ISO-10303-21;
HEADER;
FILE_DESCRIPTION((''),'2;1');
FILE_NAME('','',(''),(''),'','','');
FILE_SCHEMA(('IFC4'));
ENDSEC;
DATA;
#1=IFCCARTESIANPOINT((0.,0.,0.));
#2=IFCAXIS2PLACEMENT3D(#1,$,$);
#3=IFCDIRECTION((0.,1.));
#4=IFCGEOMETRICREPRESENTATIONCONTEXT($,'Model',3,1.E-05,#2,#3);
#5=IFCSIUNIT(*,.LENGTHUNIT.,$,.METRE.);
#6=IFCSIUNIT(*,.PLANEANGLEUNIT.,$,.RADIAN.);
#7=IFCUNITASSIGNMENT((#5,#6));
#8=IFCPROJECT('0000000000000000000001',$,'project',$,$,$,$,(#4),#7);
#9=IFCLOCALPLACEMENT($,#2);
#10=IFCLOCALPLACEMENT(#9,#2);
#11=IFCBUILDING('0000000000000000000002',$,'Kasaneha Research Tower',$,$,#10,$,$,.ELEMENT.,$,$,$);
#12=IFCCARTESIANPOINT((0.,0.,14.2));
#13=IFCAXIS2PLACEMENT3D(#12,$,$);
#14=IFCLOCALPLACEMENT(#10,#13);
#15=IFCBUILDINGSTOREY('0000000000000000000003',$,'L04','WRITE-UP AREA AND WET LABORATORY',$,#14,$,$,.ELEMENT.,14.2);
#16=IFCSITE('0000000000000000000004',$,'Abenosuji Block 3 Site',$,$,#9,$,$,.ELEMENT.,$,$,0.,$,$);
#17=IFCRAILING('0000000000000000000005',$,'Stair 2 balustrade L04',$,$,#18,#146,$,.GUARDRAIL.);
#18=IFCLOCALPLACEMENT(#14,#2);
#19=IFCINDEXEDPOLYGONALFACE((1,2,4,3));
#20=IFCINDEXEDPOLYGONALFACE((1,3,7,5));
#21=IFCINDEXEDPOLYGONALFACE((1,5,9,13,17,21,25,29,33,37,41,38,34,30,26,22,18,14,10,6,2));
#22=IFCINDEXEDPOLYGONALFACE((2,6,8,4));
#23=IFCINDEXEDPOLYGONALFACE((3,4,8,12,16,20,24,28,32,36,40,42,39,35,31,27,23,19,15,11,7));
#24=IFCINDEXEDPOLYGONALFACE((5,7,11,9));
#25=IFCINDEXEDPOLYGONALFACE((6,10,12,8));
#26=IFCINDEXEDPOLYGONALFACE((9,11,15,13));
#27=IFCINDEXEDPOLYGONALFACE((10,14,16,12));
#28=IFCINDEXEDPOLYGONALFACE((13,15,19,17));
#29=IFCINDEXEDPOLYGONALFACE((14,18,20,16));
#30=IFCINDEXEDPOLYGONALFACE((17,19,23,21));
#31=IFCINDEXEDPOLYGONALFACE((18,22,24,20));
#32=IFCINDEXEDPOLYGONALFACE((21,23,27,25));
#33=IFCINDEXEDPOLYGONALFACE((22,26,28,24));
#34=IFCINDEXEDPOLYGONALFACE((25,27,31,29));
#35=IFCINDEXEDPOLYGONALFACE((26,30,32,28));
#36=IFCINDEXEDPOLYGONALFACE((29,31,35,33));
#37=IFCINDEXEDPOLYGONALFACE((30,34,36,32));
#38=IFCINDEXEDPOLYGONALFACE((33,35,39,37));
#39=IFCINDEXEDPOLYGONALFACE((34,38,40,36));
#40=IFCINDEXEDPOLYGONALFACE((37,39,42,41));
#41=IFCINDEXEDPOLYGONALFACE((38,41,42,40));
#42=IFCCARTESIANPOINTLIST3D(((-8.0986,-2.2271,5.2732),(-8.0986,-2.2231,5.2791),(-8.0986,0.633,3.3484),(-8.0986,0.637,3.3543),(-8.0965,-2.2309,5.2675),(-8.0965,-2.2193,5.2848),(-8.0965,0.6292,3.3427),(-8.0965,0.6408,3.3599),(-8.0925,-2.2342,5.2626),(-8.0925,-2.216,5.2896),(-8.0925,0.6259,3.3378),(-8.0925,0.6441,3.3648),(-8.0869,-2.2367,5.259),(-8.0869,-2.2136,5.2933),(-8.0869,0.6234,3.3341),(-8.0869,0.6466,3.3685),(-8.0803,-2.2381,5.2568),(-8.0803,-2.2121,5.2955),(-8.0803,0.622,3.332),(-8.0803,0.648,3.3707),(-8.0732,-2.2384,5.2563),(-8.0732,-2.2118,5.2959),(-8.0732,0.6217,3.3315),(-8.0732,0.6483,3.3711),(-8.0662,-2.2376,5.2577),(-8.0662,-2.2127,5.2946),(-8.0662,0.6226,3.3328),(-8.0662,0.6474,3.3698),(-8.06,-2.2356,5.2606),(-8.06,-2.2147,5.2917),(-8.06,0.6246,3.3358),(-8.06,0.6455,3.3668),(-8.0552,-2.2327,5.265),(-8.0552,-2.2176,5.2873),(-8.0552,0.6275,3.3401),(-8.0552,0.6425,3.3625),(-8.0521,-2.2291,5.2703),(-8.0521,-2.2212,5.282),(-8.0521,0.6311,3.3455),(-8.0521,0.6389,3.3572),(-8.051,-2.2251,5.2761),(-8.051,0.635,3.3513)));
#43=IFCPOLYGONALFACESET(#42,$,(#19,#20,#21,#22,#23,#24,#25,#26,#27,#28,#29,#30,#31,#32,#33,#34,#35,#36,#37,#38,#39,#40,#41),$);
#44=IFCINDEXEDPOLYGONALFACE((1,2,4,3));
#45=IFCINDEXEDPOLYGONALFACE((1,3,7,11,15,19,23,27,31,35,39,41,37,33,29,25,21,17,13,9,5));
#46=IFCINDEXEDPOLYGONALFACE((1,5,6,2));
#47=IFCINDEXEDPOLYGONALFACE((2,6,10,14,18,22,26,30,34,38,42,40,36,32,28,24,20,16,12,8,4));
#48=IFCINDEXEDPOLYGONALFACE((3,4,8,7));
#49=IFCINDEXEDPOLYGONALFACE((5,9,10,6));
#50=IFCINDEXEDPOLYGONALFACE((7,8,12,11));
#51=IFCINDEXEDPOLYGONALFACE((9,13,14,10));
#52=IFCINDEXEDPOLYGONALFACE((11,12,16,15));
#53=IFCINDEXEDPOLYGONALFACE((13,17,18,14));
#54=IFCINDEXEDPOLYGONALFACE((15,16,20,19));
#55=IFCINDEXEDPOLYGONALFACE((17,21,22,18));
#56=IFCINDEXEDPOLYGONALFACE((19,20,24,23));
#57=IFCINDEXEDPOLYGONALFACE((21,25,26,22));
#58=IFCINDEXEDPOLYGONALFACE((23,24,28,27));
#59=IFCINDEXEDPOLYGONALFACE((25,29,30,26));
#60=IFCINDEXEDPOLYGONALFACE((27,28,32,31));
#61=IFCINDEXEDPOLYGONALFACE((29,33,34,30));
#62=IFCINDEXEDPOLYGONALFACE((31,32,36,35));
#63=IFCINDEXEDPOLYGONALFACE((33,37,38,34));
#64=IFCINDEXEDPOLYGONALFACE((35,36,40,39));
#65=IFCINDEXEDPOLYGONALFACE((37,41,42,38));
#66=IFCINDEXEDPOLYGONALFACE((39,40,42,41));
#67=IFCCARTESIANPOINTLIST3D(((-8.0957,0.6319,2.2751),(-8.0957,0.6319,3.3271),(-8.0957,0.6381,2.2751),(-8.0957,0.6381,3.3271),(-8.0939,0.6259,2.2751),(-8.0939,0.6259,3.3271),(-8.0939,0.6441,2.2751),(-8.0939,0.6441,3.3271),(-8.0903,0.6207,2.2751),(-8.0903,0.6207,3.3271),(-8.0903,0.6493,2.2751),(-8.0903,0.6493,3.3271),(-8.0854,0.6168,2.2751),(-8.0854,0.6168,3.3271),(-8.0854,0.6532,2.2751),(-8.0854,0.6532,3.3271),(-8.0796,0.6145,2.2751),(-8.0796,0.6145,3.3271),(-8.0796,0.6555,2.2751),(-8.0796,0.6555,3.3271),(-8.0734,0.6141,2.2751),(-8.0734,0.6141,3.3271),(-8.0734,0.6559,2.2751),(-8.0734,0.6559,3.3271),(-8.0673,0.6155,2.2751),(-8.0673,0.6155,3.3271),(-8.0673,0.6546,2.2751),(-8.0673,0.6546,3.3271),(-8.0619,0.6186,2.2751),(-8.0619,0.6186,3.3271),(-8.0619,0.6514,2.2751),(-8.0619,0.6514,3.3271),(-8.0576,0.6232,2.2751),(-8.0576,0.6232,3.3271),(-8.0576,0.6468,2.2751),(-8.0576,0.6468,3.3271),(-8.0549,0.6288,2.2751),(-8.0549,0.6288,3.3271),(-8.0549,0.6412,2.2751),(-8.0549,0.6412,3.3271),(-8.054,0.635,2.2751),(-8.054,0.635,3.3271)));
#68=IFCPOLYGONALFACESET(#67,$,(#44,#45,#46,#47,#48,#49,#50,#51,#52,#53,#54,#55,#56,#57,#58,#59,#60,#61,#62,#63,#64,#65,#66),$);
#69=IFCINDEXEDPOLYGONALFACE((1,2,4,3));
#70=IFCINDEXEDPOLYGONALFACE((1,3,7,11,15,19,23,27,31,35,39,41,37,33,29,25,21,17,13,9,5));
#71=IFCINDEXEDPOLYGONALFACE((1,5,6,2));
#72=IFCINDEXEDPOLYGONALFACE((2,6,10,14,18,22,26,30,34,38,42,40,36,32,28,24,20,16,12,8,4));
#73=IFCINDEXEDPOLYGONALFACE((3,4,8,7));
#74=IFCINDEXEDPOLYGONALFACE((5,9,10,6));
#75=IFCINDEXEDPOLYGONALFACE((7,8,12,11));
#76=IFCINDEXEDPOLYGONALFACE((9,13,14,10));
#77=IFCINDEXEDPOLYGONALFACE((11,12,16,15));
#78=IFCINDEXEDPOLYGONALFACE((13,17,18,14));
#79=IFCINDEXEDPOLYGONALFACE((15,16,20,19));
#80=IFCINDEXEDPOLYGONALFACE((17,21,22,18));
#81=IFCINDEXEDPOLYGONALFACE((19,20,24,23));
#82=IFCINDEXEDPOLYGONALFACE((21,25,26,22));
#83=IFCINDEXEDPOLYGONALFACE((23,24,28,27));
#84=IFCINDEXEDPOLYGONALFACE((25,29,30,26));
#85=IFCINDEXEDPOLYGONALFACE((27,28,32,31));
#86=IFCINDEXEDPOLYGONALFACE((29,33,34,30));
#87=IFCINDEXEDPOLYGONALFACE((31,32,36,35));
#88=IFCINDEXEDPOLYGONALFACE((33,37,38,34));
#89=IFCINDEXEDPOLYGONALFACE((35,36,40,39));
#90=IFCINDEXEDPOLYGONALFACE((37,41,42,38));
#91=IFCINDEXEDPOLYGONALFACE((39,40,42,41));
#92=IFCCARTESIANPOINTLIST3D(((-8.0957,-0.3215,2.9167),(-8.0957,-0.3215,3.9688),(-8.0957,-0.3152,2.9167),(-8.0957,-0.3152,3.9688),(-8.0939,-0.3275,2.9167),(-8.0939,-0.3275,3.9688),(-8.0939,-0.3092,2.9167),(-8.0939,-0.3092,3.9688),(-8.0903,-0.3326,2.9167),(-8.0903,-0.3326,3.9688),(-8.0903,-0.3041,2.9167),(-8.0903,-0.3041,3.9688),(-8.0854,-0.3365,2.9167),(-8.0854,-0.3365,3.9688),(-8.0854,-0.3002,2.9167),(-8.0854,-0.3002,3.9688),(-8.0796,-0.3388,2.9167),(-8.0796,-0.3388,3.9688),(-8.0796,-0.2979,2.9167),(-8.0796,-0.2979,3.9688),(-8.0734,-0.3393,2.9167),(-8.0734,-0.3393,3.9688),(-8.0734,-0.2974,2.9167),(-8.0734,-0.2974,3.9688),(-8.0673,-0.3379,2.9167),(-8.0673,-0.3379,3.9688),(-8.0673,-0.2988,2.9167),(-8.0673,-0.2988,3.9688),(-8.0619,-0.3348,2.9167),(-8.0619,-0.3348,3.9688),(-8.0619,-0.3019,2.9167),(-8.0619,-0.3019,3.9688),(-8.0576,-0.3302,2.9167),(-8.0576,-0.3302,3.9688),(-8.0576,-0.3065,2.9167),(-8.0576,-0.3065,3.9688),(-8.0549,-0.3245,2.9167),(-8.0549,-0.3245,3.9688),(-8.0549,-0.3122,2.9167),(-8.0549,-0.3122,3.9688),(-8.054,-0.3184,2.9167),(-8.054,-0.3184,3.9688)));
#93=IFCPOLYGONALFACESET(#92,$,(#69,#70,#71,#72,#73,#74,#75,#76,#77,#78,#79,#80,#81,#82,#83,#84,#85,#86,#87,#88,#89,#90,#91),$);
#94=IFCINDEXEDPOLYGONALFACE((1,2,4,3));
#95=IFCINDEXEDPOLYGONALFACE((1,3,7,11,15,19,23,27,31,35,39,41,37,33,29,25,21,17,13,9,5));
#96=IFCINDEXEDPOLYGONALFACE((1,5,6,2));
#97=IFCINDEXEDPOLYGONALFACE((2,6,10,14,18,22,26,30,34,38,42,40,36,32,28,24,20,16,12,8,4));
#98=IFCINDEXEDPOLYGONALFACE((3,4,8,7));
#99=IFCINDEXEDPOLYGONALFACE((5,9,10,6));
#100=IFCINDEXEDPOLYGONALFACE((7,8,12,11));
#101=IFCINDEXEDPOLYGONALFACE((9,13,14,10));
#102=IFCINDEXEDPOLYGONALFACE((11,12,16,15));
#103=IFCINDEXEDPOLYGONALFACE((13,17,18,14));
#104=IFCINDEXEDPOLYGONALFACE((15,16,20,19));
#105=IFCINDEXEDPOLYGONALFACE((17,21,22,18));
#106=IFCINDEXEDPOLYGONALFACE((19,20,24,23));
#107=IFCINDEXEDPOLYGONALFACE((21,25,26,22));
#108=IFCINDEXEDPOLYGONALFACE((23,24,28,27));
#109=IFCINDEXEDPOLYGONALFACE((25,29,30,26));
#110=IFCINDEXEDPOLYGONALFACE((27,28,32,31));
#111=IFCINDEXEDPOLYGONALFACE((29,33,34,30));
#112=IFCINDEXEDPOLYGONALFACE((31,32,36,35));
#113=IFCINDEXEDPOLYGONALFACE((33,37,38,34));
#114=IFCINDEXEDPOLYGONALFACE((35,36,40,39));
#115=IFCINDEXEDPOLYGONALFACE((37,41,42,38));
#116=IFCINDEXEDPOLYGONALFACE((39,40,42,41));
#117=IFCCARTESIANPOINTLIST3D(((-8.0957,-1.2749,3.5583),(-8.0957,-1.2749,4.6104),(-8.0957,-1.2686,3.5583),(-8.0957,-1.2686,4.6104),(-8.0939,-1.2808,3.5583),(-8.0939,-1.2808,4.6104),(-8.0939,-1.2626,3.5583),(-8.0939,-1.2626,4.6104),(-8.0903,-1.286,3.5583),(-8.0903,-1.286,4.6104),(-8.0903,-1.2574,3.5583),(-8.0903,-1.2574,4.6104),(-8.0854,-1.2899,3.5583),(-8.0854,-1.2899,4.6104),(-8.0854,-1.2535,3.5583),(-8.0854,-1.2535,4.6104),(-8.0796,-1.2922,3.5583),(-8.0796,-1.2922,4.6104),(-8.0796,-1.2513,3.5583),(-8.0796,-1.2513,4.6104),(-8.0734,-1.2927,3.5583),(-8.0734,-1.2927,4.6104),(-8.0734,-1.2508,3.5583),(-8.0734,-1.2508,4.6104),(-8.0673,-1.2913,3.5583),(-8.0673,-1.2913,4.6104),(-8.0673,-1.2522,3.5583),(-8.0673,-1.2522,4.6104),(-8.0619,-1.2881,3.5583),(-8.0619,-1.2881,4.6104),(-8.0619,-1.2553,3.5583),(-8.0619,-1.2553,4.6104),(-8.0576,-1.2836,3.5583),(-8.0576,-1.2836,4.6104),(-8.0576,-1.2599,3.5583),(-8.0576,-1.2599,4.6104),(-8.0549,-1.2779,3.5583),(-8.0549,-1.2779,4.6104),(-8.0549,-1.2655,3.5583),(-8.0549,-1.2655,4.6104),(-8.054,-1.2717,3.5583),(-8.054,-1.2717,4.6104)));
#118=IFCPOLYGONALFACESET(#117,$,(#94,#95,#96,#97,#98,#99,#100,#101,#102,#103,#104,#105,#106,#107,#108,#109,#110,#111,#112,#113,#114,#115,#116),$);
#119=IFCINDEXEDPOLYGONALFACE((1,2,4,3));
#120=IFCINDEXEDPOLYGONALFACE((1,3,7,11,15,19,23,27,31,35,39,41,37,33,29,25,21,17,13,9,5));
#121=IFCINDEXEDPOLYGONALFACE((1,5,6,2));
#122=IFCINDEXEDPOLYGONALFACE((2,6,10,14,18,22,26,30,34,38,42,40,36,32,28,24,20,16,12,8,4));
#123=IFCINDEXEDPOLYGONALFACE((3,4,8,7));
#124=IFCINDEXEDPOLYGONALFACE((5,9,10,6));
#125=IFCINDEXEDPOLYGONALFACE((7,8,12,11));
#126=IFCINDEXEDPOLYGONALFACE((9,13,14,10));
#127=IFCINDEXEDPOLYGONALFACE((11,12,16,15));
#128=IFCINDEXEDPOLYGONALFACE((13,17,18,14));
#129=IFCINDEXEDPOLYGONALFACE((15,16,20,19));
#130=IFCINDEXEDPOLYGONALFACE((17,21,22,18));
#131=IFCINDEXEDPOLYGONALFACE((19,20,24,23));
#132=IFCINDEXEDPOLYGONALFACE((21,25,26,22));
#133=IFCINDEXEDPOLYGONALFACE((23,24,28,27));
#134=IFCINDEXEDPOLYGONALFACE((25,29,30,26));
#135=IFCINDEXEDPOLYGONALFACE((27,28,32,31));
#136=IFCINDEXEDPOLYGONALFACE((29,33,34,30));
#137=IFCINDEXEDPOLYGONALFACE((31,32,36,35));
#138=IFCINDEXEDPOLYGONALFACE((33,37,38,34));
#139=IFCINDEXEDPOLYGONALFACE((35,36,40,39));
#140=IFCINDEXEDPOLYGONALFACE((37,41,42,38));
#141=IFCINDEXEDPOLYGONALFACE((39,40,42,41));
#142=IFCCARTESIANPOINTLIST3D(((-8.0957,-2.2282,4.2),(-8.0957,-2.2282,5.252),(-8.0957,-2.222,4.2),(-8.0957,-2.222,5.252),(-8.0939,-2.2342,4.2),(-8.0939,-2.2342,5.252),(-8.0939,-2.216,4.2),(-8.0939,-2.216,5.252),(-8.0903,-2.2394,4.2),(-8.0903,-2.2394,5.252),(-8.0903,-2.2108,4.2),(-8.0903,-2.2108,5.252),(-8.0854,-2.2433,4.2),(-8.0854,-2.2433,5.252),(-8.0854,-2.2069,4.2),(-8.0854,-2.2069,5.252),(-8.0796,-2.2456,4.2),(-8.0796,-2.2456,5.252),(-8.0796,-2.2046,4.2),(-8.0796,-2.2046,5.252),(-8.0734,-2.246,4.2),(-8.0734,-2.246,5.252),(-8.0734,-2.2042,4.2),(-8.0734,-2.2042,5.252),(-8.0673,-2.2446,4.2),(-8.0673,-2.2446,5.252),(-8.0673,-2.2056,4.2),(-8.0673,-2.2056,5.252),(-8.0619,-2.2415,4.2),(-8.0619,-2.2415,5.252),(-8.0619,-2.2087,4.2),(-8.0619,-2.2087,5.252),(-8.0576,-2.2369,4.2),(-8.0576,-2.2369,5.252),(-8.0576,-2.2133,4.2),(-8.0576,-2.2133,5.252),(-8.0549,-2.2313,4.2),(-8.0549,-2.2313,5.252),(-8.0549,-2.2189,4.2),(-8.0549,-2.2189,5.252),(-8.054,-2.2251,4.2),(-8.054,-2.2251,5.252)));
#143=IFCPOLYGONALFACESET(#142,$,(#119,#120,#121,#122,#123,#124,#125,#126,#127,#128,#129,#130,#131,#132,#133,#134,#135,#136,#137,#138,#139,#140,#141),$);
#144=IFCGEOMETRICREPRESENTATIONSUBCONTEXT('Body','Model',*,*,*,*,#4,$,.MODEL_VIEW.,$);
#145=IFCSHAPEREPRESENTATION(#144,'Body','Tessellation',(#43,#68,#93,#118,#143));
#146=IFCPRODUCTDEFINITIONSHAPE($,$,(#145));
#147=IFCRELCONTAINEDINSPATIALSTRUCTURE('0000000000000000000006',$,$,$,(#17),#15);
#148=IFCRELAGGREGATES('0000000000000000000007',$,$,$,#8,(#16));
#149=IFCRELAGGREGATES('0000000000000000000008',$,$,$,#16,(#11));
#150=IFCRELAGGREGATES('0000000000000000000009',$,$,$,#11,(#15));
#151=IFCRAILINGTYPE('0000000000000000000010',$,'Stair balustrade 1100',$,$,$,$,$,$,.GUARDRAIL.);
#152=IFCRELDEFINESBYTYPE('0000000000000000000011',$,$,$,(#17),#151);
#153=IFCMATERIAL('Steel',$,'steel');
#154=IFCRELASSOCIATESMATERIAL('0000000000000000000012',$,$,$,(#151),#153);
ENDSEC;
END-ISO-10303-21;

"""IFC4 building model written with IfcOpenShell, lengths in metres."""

from ifc_helpers import new_model, si_unit, direction, frame, origin, origin_2d, place, context, subcontext, project, spatial, circle, extrude, material, type_object, element, save


model = new_model("IFC4")

# Units and contexts
model_context = context("Model", 3, precision=1e-05, world=origin(), true_north=direction((0.0, 1.0)))
body_context = subcontext(model_context, "Body", "Model", "MODEL_VIEW")
ifc_project = project(units=[si_unit("LENGTHUNIT", "METRE"), si_unit("PLANEANGLEUNIT", "RADIAN")], contexts=[model_context])

# Site, building, storey
site_placement = place(None, origin())
site = spatial("IfcSite", under=ifc_project, at=site_placement, Name="Abenosuji Block 3 Site", CompositionType="ELEMENT", RefElevation=0.0)
building_placement = place(site_placement, origin())
building = spatial("IfcBuilding", under=site, at=building_placement, Name="Kasaneha Research Tower", CompositionType="ELEMENT")
storey_placement = place(building_placement, frame((0.0, 0.0, 14.2)))
storey = spatial("IfcBuildingStorey", under=building, at=storey_placement, Name="L04", Description="WRITE-UP AREA AND WET LABORATORY", CompositionType="ELEMENT", Elevation=14.2)

# Railing
ifc_material_1 = material(Name="Steel", Category="steel")
railing_type_1 = type_object("IfcRailingType", Name="Stair balustrade 1100", PredefinedType="GUARDRAIL", material=ifc_material_1)
railing_1_placement = place(storey_placement, frame((-8.075, 0.635, 2.2751)))
element("IfcRailing", 1, at=railing_1_placement, inside=storey, type_object=railing_type_1, Name="Stair 2 balustrade L04", PredefinedType="GUARDRAIL", context=body_context, shape_type="SweptSolid", body=[
    extrude(circle(Radius=0.0239, at=origin_2d()), frame((0.0, 0.0, 1.0762), z_axis=(0.0, -0.829624, 0.558323), x_axis=(1.0, 0.0, 0.0)), (0.0, 0.0, 1.0), 3.4475),
    extrude(circle(Radius=0.021, at=origin_2d()), origin(), (0.0, 0.0, 1.0), 1.052),
    extrude(circle(Radius=0.021, at=origin_2d()), frame((0.0, -0.9534, 0.6416)), (0.0, 0.0, 1.0), 1.052),
    extrude(circle(Radius=0.021, at=origin_2d()), frame((0.0, -1.9067, 1.2832)), (0.0, 0.0, 1.0), 1.052),
    extrude(circle(Radius=0.021, at=origin_2d()), frame((0.0, -2.8601, 1.9248)), (0.0, 0.0, 1.0), 1.052),
])

save(model, "model.ifc")
